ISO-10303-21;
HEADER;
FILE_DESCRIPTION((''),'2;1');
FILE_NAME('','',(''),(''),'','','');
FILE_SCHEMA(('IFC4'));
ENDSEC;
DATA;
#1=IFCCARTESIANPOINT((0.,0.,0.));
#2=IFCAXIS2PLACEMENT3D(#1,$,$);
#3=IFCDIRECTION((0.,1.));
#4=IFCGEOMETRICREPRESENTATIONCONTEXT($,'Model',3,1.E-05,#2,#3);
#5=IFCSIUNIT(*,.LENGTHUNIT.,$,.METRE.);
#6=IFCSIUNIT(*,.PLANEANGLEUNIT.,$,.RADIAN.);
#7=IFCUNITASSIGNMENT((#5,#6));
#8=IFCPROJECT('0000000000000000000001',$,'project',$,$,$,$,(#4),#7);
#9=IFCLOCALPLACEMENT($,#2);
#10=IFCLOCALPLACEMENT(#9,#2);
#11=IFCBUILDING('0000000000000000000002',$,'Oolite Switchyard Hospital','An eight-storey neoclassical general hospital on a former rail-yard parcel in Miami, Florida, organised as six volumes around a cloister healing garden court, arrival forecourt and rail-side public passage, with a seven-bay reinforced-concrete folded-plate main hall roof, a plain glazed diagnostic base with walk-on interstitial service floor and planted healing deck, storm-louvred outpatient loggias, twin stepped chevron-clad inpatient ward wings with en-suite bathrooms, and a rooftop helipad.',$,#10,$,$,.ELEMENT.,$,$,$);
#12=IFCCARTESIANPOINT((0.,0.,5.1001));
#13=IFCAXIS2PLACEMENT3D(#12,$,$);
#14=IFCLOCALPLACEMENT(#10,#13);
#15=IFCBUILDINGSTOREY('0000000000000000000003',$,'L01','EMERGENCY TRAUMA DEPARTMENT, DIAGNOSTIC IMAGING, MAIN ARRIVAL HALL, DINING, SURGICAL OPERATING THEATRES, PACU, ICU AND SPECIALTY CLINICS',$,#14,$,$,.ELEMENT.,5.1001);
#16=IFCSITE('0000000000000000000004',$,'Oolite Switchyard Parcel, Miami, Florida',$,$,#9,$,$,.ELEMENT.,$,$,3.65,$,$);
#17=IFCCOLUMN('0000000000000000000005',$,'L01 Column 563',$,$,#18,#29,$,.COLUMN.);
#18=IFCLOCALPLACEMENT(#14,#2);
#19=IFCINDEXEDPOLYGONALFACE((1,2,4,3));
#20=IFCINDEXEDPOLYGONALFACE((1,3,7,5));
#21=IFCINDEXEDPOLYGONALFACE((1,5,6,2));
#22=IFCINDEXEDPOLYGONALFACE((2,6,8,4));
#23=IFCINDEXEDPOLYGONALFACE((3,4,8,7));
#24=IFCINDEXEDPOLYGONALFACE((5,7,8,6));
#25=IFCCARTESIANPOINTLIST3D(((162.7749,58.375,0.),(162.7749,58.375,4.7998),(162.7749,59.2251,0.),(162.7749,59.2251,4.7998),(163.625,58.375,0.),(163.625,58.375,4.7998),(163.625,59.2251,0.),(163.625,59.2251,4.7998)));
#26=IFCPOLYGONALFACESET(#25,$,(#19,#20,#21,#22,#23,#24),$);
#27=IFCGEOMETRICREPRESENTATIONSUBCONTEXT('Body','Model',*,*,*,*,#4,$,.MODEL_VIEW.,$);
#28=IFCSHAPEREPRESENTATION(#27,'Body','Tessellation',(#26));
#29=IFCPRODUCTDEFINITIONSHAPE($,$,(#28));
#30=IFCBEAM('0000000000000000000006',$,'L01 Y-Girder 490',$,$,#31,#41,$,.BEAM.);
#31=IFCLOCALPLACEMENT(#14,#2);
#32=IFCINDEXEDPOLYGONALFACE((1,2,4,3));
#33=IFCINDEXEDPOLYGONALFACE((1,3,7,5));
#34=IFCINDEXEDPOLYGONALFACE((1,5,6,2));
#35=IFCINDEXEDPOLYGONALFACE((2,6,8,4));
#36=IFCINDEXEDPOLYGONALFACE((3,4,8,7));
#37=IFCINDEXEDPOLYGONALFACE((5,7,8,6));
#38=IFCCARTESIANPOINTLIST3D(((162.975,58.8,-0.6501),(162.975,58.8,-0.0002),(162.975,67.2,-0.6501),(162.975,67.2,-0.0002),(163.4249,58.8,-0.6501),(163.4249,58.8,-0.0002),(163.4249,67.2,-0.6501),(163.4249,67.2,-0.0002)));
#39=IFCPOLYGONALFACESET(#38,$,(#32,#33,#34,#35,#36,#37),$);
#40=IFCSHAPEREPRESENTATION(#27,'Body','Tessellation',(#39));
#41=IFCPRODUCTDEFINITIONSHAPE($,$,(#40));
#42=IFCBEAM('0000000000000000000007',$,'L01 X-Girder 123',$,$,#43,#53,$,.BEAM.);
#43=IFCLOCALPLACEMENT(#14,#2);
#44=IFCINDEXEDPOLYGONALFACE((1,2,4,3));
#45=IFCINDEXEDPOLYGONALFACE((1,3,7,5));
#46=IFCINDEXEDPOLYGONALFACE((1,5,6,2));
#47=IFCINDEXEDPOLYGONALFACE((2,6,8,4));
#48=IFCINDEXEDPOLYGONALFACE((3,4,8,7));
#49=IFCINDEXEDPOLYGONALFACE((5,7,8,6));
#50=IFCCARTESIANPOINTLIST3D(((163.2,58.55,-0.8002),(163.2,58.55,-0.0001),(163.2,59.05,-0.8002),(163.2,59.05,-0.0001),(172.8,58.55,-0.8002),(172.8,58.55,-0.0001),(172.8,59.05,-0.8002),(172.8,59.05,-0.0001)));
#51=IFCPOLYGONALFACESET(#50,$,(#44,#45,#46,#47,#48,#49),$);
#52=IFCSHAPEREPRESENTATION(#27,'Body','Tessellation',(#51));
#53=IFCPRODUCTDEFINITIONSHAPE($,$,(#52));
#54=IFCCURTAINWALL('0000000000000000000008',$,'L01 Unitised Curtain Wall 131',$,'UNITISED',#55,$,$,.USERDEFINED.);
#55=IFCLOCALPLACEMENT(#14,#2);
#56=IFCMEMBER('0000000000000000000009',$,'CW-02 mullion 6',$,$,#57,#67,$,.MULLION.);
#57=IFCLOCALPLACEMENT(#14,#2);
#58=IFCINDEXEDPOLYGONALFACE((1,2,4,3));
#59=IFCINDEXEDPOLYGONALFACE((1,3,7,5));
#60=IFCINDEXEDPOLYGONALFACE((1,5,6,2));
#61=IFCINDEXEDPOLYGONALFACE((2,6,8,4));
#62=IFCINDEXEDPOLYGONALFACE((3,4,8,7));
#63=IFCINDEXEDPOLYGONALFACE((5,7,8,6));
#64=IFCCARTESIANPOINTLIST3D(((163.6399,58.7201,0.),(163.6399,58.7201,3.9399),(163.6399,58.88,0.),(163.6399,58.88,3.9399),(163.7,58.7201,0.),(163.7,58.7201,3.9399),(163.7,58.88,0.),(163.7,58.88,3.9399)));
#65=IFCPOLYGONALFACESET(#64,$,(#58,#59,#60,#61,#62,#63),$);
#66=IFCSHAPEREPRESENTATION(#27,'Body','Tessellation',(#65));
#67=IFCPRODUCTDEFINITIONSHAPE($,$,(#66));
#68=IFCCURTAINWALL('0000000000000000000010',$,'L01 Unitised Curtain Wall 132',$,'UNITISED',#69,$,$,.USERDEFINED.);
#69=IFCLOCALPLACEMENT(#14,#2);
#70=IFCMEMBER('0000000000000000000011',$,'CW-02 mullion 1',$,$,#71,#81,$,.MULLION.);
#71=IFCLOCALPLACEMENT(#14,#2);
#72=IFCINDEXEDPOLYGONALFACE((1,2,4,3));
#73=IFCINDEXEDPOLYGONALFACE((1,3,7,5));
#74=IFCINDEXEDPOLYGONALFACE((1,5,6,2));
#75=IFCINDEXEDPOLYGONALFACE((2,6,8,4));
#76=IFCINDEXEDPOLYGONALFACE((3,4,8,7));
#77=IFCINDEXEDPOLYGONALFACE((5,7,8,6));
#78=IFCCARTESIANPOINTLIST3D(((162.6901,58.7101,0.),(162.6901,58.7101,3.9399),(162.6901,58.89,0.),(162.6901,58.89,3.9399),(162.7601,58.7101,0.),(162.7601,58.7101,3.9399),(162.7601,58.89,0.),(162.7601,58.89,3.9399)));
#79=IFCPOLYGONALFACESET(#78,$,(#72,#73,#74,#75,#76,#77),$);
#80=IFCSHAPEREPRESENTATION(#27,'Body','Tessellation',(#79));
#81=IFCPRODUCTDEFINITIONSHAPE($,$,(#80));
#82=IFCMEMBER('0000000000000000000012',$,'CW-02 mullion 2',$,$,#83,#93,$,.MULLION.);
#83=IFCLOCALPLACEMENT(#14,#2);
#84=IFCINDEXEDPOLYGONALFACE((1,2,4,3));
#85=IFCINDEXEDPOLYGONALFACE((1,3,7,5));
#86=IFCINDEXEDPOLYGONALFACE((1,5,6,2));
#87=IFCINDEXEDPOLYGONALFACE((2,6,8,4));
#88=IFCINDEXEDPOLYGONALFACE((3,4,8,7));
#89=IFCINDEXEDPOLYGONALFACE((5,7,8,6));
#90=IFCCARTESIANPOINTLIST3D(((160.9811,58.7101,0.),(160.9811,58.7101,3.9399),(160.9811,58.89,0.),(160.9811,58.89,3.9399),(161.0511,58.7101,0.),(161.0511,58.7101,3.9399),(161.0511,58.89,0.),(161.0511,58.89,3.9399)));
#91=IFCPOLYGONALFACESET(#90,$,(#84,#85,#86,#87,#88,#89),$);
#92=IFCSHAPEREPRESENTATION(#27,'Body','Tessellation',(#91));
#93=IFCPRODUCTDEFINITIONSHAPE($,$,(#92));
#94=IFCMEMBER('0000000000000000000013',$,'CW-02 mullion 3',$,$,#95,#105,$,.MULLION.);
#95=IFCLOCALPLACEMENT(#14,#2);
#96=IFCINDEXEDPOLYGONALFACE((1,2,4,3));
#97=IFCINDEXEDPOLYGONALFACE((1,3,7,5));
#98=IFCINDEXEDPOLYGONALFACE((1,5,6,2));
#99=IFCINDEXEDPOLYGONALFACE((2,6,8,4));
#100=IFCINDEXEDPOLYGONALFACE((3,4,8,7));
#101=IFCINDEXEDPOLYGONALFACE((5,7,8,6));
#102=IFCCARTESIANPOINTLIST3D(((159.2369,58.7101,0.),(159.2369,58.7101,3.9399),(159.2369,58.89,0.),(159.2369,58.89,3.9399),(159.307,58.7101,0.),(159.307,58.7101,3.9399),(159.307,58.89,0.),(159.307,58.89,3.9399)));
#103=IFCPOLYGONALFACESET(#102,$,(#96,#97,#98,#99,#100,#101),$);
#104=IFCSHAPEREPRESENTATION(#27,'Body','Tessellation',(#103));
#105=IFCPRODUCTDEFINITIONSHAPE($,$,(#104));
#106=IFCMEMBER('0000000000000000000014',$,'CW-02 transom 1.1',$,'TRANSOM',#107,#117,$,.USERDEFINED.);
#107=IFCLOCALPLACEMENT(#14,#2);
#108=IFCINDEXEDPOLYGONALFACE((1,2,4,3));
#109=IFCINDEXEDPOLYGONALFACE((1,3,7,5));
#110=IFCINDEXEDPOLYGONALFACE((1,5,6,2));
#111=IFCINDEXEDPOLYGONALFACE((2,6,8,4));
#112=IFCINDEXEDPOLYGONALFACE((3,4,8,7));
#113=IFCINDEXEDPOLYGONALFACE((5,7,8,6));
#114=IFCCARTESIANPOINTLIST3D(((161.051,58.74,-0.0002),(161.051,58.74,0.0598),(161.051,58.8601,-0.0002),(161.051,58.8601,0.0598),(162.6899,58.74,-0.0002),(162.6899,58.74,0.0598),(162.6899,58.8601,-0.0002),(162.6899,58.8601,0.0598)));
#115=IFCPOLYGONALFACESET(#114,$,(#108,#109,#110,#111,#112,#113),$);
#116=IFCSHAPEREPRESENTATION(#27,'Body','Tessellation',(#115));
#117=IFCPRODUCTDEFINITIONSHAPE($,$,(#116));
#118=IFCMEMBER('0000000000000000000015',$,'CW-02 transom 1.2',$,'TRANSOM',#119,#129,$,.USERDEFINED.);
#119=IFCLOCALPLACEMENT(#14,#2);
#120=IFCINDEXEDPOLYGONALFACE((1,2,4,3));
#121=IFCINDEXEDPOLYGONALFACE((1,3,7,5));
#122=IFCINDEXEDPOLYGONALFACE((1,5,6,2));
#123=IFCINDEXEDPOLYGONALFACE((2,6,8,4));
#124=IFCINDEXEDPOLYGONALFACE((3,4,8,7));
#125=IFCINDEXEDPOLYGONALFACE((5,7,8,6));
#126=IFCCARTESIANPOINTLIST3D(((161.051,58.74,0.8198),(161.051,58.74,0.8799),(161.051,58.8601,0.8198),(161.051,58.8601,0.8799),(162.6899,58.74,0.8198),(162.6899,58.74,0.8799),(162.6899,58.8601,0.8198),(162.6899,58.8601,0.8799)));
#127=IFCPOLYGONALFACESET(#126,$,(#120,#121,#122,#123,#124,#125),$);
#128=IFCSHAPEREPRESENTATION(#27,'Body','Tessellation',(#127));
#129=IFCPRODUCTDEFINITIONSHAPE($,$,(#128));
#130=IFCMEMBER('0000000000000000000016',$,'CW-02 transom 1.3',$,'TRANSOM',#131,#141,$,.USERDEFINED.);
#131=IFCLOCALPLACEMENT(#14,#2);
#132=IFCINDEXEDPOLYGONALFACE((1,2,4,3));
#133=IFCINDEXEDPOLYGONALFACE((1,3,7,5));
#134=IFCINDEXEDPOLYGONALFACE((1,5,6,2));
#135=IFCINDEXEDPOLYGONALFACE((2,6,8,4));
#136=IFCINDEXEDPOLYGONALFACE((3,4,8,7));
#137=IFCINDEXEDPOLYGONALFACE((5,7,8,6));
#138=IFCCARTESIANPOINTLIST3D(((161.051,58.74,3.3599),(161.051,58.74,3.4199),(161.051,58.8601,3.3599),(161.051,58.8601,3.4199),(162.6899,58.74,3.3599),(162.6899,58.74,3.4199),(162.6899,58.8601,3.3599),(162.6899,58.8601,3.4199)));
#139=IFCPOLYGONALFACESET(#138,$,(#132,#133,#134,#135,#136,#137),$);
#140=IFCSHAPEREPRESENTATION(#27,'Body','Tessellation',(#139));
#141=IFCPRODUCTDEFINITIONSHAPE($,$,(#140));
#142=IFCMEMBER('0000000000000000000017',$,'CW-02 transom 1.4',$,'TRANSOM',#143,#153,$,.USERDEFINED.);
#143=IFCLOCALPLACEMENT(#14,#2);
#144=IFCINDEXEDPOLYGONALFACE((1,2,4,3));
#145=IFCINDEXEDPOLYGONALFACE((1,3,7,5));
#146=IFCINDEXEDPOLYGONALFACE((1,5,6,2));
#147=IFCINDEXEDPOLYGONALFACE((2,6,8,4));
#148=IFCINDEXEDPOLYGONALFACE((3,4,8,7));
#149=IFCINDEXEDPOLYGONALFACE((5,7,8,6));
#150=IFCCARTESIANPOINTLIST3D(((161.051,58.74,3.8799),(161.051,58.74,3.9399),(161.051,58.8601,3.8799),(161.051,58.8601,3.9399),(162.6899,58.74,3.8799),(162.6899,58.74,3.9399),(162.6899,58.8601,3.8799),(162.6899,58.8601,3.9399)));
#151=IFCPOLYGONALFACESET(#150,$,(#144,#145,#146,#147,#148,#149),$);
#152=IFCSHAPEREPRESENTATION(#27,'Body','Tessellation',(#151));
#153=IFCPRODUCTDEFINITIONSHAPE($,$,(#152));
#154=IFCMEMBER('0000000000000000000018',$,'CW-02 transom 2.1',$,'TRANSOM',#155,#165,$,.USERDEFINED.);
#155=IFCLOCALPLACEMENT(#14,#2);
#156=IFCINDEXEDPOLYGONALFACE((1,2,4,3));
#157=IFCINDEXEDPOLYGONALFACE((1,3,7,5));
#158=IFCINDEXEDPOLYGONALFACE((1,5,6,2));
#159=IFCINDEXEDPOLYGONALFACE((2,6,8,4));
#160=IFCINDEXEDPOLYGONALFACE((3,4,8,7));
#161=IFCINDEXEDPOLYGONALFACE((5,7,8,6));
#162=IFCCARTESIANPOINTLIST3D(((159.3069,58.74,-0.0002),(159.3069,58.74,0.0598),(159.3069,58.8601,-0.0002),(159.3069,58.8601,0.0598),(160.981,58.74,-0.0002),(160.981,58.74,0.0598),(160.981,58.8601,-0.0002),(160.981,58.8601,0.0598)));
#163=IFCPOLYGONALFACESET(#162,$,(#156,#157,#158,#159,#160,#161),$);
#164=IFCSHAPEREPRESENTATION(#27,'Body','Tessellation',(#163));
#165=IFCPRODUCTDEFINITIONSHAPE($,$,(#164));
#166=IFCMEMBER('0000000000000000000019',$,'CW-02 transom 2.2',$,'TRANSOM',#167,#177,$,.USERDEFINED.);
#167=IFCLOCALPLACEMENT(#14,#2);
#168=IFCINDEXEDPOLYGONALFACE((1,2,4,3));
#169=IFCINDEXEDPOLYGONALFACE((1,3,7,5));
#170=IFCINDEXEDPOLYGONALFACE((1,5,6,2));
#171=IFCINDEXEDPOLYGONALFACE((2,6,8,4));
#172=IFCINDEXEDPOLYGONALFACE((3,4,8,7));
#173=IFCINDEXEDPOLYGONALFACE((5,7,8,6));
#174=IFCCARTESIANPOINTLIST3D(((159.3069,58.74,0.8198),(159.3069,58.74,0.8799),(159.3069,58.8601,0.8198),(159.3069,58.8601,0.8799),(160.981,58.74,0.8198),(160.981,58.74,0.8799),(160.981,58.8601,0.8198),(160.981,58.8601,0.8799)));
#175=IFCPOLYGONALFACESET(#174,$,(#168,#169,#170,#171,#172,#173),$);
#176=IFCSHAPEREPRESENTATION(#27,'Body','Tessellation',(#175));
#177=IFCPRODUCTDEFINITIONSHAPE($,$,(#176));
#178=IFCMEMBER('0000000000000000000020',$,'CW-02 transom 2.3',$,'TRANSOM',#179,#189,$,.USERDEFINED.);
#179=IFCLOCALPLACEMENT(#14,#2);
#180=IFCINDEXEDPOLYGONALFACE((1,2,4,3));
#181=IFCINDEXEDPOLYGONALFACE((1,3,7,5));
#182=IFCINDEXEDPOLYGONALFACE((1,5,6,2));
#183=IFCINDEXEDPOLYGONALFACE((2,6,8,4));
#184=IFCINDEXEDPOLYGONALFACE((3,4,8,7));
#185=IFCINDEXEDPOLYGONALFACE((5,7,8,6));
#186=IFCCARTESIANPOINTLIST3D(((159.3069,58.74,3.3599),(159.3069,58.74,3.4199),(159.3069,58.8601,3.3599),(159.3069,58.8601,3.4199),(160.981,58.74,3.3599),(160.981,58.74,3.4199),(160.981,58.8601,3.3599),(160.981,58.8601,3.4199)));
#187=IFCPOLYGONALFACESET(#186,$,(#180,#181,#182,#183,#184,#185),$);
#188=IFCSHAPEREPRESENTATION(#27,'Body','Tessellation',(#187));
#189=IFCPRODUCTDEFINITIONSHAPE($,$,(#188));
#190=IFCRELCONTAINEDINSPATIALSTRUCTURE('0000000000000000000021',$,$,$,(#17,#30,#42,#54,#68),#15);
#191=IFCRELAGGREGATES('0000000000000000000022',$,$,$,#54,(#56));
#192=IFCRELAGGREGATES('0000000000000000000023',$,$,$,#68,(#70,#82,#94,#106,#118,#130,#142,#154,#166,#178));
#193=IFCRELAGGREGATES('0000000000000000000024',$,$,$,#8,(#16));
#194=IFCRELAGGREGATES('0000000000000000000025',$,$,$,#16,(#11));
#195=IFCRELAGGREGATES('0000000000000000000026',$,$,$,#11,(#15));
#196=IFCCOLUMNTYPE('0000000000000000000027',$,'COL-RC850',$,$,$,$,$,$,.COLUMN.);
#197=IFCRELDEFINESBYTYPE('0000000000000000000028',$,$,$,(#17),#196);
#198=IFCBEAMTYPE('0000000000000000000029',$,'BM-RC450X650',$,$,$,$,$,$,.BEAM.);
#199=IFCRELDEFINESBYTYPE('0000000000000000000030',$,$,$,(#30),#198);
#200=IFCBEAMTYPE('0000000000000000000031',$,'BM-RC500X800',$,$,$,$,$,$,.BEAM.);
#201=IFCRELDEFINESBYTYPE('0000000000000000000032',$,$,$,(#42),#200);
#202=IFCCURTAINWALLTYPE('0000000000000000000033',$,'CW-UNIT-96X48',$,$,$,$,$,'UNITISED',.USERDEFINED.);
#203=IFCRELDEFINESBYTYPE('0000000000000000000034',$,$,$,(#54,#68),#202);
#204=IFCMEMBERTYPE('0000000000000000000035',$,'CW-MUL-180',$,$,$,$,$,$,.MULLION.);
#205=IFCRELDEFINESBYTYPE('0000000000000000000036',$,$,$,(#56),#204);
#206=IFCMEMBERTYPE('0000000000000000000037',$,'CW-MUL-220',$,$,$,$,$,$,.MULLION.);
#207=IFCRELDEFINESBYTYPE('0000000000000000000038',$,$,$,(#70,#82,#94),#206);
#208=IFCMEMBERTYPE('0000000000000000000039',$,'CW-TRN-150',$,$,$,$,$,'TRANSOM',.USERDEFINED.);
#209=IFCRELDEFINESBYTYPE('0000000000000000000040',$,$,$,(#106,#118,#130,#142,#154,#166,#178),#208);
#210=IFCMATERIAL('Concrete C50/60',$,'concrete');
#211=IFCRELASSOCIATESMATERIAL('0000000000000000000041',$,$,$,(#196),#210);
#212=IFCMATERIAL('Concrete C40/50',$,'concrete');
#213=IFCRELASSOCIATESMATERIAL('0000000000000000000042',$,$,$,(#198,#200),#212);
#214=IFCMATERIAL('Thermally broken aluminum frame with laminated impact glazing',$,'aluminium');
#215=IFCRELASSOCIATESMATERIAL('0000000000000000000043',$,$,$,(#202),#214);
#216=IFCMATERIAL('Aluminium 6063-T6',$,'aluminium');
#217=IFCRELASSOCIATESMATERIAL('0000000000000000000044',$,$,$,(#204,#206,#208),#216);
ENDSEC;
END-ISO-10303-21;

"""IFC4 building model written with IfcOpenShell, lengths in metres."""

from ifc_helpers import new_model, si_unit, direction, frame, origin, origin_2d, place, context, subcontext, project, spatial, rectangle, extrude, material, material_profile, profile_set, type_object, element, aggregate, save


model = new_model("IFC4")

# Units and contexts
model_context = context("Model", 3, precision=1e-05, world=origin(), true_north=direction((0.0, 1.0)))
body_context = subcontext(model_context, "Body", "Model", "MODEL_VIEW")
ifc_project = project(units=[si_unit("LENGTHUNIT", "METRE"), si_unit("PLANEANGLEUNIT", "RADIAN")], contexts=[model_context])

# Site, building, storey
site_placement = place(None, origin())
site = spatial("IfcSite", under=ifc_project, at=site_placement, Name="Oolite Switchyard Parcel, Miami, Florida", CompositionType="ELEMENT", RefElevation=3.65)
building_placement = place(site_placement, origin())
building = spatial("IfcBuilding", under=site, at=building_placement, Name="Oolite Switchyard Hospital", Description="An eight-storey neoclassical general hospital on a former rail-yard parcel in Miami, Florida, organised as six volumes around a cloister healing garden court, arrival forecourt and rail-side public passage, with a seven-bay reinforced-concrete folded-plate main hall roof, a plain glazed diagnostic base with walk-on interstitial service floor and planted healing deck, storm-louvred outpatient loggias, twin stepped chevron-clad inpatient ward wings with en-suite bathrooms, and a rooftop helipad.", CompositionType="ELEMENT")
storey_placement = place(building_placement, frame((0.0, 0.0, 5.1001)))
storey = spatial("IfcBuildingStorey", under=building, at=storey_placement, Name="L01", Description="EMERGENCY TRAUMA DEPARTMENT, DIAGNOSTIC IMAGING, MAIN ARRIVAL HALL, DINING, SURGICAL OPERATING THEATRES, PACU, ICU AND SPECIALTY CLINICS", CompositionType="ELEMENT", Elevation=5.1001)

# Column
ifc_material_1 = material(Name="Concrete C50/60", Category="concrete")
ifc_material_profile_1 = material_profile(ifc_material_1, rectangle(XDim=0.8501, YDim=0.8501, at=origin_2d()), Name="RC850X850")
ifc_profile_set_1 = profile_set([ifc_material_profile_1], Name="Concrete C50/60")
column_type = type_object("IfcColumnType", Name="COL-RC850", PredefinedType="COLUMN", material=ifc_profile_set_1)
column_placement = place(storey_placement, frame((163.2, 58.8, 0.0), z_axis=(0.0, 0.0, 1.0), x_axis=(1.0, 0.0, 0.0)))
element("IfcColumn", 1, at=column_placement, inside=storey, type_object=column_type, Name="L01 Column 563", PredefinedType="COLUMN", context=body_context, shape_type="SweptSolid", body=[
    extrude(rectangle(XDim=0.8501, YDim=0.8501, at=origin_2d()), origin(), (0.0, 0.0, 1.0), 4.7998),
])

# Beams
ifc_material_2 = material(Name="Concrete C40/50", Category="concrete")
ifc_material_profile_2 = material_profile(ifc_material_2, rectangle(XDim=0.45, YDim=0.6499, at=origin_2d()), Name="RCB450X650")
ifc_profile_set_2 = profile_set([ifc_material_profile_2], Name="Concrete C40/50")
beam_type_1 = type_object("IfcBeamType", Name="BM-RC450X650", PredefinedType="BEAM", material=ifc_profile_set_2)
beam_1_placement = place(storey_placement, frame((163.2, 58.8, -0.3252), z_axis=(0.0, 1.0, 0.0), x_axis=(-1.0, 0.0, 0.0)))
element("IfcBeam", 2, at=beam_1_placement, inside=storey, type_object=beam_type_1, Name="L01 Y-Girder 490", PredefinedType="BEAM", context=body_context, shape_type="SweptSolid", body=[
    extrude(rectangle(XDim=0.45, YDim=0.6499, at=origin_2d()), origin(), (0.0, 0.0, 1.0), 8.3999),
])
ifc_material_profile_3 = material_profile(ifc_material_2, rectangle(XDim=0.5, YDim=0.8, at=origin_2d()), Name="RCB500X800")
ifc_profile_set_3 = profile_set([ifc_material_profile_3], Name="Concrete C40/50")
beam_type_2 = type_object("IfcBeamType", Name="BM-RC500X800", PredefinedType="BEAM", material=ifc_profile_set_3)
beam_2_placement = place(storey_placement, frame((163.2, 58.8, -0.4001), z_axis=(1.0, 0.0, 0.0), x_axis=(0.0, 1.0, 0.0)))
element("IfcBeam", 3, at=beam_2_placement, inside=storey, type_object=beam_type_2, Name="L01 X-Girder 123", PredefinedType="BEAM", context=body_context, shape_type="SweptSolid", body=[
    extrude(rectangle(XDim=0.5, YDim=0.8, at=origin_2d()), origin(), (0.0, 0.0, 1.0), 9.6001),
])

# Curtain wall, member
ifc_material_3 = material(Name="Thermally broken aluminum frame with laminated impact glazing", Category="aluminium")
curtain_wall_type = type_object("IfcCurtainWallType", Name="CW-UNIT-96X48", ElementType="UNITISED", PredefinedType="USERDEFINED", material=ifc_material_3)
curtain_wall_1_placement = place(storey_placement, origin())
curtain_wall_1 = element("IfcCurtainWall", 4, at=curtain_wall_1_placement, inside=storey, type_object=curtain_wall_type, Name="L01 Unitised Curtain Wall 131", ObjectType="UNITISED", PredefinedType="USERDEFINED")
ifc_material_4 = material(Name="Aluminium 6063-T6", Category="aluminium")
ifc_material_profile_4 = material_profile(ifc_material_4, rectangle(XDim=0.1599, YDim=0.0601, at=origin_2d()), Name="CWM60X160")
ifc_profile_set_4 = profile_set([ifc_material_profile_4], Name="Aluminium 6063-T6")
member_type_1 = type_object("IfcMemberType", Name="CW-MUL-180", PredefinedType="MULLION", material=ifc_profile_set_4)
member_1_placement = place(storey_placement, frame((163.6699, 58.8, 0.0), z_axis=(0.0, 0.0, 1.0), x_axis=(0.0, -1.0, 0.0)))
member_1 = element("IfcMember", 5, at=member_1_placement, type_object=member_type_1, Name="CW-02 mullion 6", PredefinedType="MULLION", context=body_context, shape_type="SweptSolid", body=[
    extrude(rectangle(XDim=0.1599, YDim=0.0601, at=origin_2d()), origin(), (0.0, 0.0, 1.0), 3.9399),
])
aggregate(curtain_wall_1, [member_1])

# Curtain wall, members
curtain_wall_2_placement = place(storey_placement, origin())
curtain_wall_2 = element("IfcCurtainWall", 6, at=curtain_wall_2_placement, inside=storey, type_object=curtain_wall_type, Name="L01 Unitised Curtain Wall 132", ObjectType="UNITISED", PredefinedType="USERDEFINED")
ifc_material_profile_5 = material_profile(ifc_material_4, rectangle(XDim=0.1799, YDim=0.0701, at=origin_2d()), Name="CWM70X180")
ifc_profile_set_5 = profile_set([ifc_material_profile_5], Name="Aluminium 6063-T6")
member_type_2 = type_object("IfcMemberType", Name="CW-MUL-220", PredefinedType="MULLION", material=ifc_profile_set_5)
member_2_placement = place(storey_placement, frame((162.7251, 58.8, 0.0), z_axis=(0.0, 0.0, 1.0), x_axis=(0.0, -1.0, 0.0)))
member_2 = element("IfcMember", 7, at=member_2_placement, type_object=member_type_2, Name="CW-02 mullion 1", PredefinedType="MULLION", context=body_context, shape_type="SweptSolid", body=[
    extrude(rectangle(XDim=0.1799, YDim=0.0701, at=origin_2d()), origin(), (0.0, 0.0, 1.0), 3.9399),
])
member_3_placement = place(storey_placement, frame((161.0161, 58.8, 0.0), z_axis=(0.0, 0.0, 1.0), x_axis=(0.0, -1.0, 0.0)))
member_3 = element("IfcMember", 8, at=member_3_placement, type_object=member_type_2, Name="CW-02 mullion 2", PredefinedType="MULLION", context=body_context, shape_type="SweptSolid", body=[
    extrude(rectangle(XDim=0.1799, YDim=0.0701, at=origin_2d()), origin(), (0.0, 0.0, 1.0), 3.9399),
])
member_4_placement = place(storey_placement, frame((159.272, 58.8, 0.0), z_axis=(0.0, 0.0, 1.0), x_axis=(0.0, -1.0, 0.0)))
member_4 = element("IfcMember", 9, at=member_4_placement, type_object=member_type_2, Name="CW-02 mullion 3", PredefinedType="MULLION", context=body_context, shape_type="SweptSolid", body=[
    extrude(rectangle(XDim=0.1799, YDim=0.0701, at=origin_2d()), origin(), (0.0, 0.0, 1.0), 3.9399),
])
ifc_material_profile_6 = material_profile(ifc_material_4, rectangle(XDim=0.1201, YDim=0.0601, at=origin_2d()), Name="CWT60X120")
ifc_profile_set_6 = profile_set([ifc_material_profile_6], Name="Aluminium 6063-T6")
member_type_3 = type_object("IfcMemberType", Name="CW-TRN-150", ElementType="TRANSOM", PredefinedType="USERDEFINED", material=ifc_profile_set_6)
member_5_placement = place(storey_placement, frame((162.6899, 58.8, 0.0298), z_axis=(-1.0, 0.0, 0.0), x_axis=(0.0, -1.0, 0.0)))
member_5 = element("IfcMember", 10, at=member_5_placement, type_object=member_type_3, Name="CW-02 transom 1.1", ObjectType="TRANSOM", PredefinedType="USERDEFINED", context=body_context, shape_type="SweptSolid", body=[
    extrude(rectangle(XDim=0.1201, YDim=0.0601, at=origin_2d()), origin(), (0.0, 0.0, 1.0), 1.6389),
])
member_6_placement = place(storey_placement, frame((162.6899, 58.8, 0.8499), z_axis=(-1.0, 0.0, 0.0), x_axis=(0.0, -1.0, 0.0)))
member_6 = element("IfcMember", 11, at=member_6_placement, type_object=member_type_3, Name="CW-02 transom 1.2", ObjectType="TRANSOM", PredefinedType="USERDEFINED", context=body_context, shape_type="SweptSolid", body=[
    extrude(rectangle(XDim=0.1201, YDim=0.0601, at=origin_2d()), origin(), (0.0, 0.0, 1.0), 1.6389),
])
member_7_placement = place(storey_placement, frame((162.6899, 58.8, 3.3899), z_axis=(-1.0, 0.0, 0.0), x_axis=(0.0, -1.0, 0.0)))
member_7 = element("IfcMember", 12, at=member_7_placement, type_object=member_type_3, Name="CW-02 transom 1.3", ObjectType="TRANSOM", PredefinedType="USERDEFINED", context=body_context, shape_type="SweptSolid", body=[
    extrude(rectangle(XDim=0.1201, YDim=0.0601, at=origin_2d()), origin(), (0.0, 0.0, 1.0), 1.6389),
])
member_8_placement = place(storey_placement, frame((162.6899, 58.8, 3.9099), z_axis=(-1.0, 0.0, 0.0), x_axis=(0.0, -1.0, 0.0)))
member_8 = element("IfcMember", 13, at=member_8_placement, type_object=member_type_3, Name="CW-02 transom 1.4", ObjectType="TRANSOM", PredefinedType="USERDEFINED", context=body_context, shape_type="SweptSolid", body=[
    extrude(rectangle(XDim=0.1201, YDim=0.0601, at=origin_2d()), origin(), (0.0, 0.0, 1.0), 1.6389),
])
member_9_placement = place(storey_placement, frame((160.981, 58.8, 0.0298), z_axis=(-1.0, 0.0, 0.0), x_axis=(0.0, -1.0, 0.0)))
member_9 = element("IfcMember", 14, at=member_9_placement, type_object=member_type_3, Name="CW-02 transom 2.1", ObjectType="TRANSOM", PredefinedType="USERDEFINED", context=body_context, shape_type="SweptSolid", body=[
    extrude(rectangle(XDim=0.1201, YDim=0.0601, at=origin_2d()), origin(), (0.0, 0.0, 1.0), 1.6741),
])
member_10_placement = place(storey_placement, frame((160.981, 58.8, 0.8499), z_axis=(-1.0, 0.0, 0.0), x_axis=(0.0, -1.0, 0.0)))
member_10 = element("IfcMember", 15, at=member_10_placement, type_object=member_type_3, Name="CW-02 transom 2.2", ObjectType="TRANSOM", PredefinedType="USERDEFINED", context=body_context, shape_type="SweptSolid", body=[
    extrude(rectangle(XDim=0.1201, YDim=0.0601, at=origin_2d()), origin(), (0.0, 0.0, 1.0), 1.6741),
])
member_11_placement = place(storey_placement, frame((160.981, 58.8, 3.3899), z_axis=(-1.0, 0.0, 0.0), x_axis=(0.0, -1.0, 0.0)))
member_11 = element("IfcMember", 16, at=member_11_placement, type_object=member_type_3, Name="CW-02 transom 2.3", ObjectType="TRANSOM", PredefinedType="USERDEFINED", context=body_context, shape_type="SweptSolid", body=[
    extrude(rectangle(XDim=0.1201, YDim=0.0601, at=origin_2d()), origin(), (0.0, 0.0, 1.0), 1.6741),
])
aggregate(curtain_wall_2, [member_2, member_3, member_4, member_5, member_6, member_7, member_8, member_9, member_10, member_11])

save(model, "model.ifc")
